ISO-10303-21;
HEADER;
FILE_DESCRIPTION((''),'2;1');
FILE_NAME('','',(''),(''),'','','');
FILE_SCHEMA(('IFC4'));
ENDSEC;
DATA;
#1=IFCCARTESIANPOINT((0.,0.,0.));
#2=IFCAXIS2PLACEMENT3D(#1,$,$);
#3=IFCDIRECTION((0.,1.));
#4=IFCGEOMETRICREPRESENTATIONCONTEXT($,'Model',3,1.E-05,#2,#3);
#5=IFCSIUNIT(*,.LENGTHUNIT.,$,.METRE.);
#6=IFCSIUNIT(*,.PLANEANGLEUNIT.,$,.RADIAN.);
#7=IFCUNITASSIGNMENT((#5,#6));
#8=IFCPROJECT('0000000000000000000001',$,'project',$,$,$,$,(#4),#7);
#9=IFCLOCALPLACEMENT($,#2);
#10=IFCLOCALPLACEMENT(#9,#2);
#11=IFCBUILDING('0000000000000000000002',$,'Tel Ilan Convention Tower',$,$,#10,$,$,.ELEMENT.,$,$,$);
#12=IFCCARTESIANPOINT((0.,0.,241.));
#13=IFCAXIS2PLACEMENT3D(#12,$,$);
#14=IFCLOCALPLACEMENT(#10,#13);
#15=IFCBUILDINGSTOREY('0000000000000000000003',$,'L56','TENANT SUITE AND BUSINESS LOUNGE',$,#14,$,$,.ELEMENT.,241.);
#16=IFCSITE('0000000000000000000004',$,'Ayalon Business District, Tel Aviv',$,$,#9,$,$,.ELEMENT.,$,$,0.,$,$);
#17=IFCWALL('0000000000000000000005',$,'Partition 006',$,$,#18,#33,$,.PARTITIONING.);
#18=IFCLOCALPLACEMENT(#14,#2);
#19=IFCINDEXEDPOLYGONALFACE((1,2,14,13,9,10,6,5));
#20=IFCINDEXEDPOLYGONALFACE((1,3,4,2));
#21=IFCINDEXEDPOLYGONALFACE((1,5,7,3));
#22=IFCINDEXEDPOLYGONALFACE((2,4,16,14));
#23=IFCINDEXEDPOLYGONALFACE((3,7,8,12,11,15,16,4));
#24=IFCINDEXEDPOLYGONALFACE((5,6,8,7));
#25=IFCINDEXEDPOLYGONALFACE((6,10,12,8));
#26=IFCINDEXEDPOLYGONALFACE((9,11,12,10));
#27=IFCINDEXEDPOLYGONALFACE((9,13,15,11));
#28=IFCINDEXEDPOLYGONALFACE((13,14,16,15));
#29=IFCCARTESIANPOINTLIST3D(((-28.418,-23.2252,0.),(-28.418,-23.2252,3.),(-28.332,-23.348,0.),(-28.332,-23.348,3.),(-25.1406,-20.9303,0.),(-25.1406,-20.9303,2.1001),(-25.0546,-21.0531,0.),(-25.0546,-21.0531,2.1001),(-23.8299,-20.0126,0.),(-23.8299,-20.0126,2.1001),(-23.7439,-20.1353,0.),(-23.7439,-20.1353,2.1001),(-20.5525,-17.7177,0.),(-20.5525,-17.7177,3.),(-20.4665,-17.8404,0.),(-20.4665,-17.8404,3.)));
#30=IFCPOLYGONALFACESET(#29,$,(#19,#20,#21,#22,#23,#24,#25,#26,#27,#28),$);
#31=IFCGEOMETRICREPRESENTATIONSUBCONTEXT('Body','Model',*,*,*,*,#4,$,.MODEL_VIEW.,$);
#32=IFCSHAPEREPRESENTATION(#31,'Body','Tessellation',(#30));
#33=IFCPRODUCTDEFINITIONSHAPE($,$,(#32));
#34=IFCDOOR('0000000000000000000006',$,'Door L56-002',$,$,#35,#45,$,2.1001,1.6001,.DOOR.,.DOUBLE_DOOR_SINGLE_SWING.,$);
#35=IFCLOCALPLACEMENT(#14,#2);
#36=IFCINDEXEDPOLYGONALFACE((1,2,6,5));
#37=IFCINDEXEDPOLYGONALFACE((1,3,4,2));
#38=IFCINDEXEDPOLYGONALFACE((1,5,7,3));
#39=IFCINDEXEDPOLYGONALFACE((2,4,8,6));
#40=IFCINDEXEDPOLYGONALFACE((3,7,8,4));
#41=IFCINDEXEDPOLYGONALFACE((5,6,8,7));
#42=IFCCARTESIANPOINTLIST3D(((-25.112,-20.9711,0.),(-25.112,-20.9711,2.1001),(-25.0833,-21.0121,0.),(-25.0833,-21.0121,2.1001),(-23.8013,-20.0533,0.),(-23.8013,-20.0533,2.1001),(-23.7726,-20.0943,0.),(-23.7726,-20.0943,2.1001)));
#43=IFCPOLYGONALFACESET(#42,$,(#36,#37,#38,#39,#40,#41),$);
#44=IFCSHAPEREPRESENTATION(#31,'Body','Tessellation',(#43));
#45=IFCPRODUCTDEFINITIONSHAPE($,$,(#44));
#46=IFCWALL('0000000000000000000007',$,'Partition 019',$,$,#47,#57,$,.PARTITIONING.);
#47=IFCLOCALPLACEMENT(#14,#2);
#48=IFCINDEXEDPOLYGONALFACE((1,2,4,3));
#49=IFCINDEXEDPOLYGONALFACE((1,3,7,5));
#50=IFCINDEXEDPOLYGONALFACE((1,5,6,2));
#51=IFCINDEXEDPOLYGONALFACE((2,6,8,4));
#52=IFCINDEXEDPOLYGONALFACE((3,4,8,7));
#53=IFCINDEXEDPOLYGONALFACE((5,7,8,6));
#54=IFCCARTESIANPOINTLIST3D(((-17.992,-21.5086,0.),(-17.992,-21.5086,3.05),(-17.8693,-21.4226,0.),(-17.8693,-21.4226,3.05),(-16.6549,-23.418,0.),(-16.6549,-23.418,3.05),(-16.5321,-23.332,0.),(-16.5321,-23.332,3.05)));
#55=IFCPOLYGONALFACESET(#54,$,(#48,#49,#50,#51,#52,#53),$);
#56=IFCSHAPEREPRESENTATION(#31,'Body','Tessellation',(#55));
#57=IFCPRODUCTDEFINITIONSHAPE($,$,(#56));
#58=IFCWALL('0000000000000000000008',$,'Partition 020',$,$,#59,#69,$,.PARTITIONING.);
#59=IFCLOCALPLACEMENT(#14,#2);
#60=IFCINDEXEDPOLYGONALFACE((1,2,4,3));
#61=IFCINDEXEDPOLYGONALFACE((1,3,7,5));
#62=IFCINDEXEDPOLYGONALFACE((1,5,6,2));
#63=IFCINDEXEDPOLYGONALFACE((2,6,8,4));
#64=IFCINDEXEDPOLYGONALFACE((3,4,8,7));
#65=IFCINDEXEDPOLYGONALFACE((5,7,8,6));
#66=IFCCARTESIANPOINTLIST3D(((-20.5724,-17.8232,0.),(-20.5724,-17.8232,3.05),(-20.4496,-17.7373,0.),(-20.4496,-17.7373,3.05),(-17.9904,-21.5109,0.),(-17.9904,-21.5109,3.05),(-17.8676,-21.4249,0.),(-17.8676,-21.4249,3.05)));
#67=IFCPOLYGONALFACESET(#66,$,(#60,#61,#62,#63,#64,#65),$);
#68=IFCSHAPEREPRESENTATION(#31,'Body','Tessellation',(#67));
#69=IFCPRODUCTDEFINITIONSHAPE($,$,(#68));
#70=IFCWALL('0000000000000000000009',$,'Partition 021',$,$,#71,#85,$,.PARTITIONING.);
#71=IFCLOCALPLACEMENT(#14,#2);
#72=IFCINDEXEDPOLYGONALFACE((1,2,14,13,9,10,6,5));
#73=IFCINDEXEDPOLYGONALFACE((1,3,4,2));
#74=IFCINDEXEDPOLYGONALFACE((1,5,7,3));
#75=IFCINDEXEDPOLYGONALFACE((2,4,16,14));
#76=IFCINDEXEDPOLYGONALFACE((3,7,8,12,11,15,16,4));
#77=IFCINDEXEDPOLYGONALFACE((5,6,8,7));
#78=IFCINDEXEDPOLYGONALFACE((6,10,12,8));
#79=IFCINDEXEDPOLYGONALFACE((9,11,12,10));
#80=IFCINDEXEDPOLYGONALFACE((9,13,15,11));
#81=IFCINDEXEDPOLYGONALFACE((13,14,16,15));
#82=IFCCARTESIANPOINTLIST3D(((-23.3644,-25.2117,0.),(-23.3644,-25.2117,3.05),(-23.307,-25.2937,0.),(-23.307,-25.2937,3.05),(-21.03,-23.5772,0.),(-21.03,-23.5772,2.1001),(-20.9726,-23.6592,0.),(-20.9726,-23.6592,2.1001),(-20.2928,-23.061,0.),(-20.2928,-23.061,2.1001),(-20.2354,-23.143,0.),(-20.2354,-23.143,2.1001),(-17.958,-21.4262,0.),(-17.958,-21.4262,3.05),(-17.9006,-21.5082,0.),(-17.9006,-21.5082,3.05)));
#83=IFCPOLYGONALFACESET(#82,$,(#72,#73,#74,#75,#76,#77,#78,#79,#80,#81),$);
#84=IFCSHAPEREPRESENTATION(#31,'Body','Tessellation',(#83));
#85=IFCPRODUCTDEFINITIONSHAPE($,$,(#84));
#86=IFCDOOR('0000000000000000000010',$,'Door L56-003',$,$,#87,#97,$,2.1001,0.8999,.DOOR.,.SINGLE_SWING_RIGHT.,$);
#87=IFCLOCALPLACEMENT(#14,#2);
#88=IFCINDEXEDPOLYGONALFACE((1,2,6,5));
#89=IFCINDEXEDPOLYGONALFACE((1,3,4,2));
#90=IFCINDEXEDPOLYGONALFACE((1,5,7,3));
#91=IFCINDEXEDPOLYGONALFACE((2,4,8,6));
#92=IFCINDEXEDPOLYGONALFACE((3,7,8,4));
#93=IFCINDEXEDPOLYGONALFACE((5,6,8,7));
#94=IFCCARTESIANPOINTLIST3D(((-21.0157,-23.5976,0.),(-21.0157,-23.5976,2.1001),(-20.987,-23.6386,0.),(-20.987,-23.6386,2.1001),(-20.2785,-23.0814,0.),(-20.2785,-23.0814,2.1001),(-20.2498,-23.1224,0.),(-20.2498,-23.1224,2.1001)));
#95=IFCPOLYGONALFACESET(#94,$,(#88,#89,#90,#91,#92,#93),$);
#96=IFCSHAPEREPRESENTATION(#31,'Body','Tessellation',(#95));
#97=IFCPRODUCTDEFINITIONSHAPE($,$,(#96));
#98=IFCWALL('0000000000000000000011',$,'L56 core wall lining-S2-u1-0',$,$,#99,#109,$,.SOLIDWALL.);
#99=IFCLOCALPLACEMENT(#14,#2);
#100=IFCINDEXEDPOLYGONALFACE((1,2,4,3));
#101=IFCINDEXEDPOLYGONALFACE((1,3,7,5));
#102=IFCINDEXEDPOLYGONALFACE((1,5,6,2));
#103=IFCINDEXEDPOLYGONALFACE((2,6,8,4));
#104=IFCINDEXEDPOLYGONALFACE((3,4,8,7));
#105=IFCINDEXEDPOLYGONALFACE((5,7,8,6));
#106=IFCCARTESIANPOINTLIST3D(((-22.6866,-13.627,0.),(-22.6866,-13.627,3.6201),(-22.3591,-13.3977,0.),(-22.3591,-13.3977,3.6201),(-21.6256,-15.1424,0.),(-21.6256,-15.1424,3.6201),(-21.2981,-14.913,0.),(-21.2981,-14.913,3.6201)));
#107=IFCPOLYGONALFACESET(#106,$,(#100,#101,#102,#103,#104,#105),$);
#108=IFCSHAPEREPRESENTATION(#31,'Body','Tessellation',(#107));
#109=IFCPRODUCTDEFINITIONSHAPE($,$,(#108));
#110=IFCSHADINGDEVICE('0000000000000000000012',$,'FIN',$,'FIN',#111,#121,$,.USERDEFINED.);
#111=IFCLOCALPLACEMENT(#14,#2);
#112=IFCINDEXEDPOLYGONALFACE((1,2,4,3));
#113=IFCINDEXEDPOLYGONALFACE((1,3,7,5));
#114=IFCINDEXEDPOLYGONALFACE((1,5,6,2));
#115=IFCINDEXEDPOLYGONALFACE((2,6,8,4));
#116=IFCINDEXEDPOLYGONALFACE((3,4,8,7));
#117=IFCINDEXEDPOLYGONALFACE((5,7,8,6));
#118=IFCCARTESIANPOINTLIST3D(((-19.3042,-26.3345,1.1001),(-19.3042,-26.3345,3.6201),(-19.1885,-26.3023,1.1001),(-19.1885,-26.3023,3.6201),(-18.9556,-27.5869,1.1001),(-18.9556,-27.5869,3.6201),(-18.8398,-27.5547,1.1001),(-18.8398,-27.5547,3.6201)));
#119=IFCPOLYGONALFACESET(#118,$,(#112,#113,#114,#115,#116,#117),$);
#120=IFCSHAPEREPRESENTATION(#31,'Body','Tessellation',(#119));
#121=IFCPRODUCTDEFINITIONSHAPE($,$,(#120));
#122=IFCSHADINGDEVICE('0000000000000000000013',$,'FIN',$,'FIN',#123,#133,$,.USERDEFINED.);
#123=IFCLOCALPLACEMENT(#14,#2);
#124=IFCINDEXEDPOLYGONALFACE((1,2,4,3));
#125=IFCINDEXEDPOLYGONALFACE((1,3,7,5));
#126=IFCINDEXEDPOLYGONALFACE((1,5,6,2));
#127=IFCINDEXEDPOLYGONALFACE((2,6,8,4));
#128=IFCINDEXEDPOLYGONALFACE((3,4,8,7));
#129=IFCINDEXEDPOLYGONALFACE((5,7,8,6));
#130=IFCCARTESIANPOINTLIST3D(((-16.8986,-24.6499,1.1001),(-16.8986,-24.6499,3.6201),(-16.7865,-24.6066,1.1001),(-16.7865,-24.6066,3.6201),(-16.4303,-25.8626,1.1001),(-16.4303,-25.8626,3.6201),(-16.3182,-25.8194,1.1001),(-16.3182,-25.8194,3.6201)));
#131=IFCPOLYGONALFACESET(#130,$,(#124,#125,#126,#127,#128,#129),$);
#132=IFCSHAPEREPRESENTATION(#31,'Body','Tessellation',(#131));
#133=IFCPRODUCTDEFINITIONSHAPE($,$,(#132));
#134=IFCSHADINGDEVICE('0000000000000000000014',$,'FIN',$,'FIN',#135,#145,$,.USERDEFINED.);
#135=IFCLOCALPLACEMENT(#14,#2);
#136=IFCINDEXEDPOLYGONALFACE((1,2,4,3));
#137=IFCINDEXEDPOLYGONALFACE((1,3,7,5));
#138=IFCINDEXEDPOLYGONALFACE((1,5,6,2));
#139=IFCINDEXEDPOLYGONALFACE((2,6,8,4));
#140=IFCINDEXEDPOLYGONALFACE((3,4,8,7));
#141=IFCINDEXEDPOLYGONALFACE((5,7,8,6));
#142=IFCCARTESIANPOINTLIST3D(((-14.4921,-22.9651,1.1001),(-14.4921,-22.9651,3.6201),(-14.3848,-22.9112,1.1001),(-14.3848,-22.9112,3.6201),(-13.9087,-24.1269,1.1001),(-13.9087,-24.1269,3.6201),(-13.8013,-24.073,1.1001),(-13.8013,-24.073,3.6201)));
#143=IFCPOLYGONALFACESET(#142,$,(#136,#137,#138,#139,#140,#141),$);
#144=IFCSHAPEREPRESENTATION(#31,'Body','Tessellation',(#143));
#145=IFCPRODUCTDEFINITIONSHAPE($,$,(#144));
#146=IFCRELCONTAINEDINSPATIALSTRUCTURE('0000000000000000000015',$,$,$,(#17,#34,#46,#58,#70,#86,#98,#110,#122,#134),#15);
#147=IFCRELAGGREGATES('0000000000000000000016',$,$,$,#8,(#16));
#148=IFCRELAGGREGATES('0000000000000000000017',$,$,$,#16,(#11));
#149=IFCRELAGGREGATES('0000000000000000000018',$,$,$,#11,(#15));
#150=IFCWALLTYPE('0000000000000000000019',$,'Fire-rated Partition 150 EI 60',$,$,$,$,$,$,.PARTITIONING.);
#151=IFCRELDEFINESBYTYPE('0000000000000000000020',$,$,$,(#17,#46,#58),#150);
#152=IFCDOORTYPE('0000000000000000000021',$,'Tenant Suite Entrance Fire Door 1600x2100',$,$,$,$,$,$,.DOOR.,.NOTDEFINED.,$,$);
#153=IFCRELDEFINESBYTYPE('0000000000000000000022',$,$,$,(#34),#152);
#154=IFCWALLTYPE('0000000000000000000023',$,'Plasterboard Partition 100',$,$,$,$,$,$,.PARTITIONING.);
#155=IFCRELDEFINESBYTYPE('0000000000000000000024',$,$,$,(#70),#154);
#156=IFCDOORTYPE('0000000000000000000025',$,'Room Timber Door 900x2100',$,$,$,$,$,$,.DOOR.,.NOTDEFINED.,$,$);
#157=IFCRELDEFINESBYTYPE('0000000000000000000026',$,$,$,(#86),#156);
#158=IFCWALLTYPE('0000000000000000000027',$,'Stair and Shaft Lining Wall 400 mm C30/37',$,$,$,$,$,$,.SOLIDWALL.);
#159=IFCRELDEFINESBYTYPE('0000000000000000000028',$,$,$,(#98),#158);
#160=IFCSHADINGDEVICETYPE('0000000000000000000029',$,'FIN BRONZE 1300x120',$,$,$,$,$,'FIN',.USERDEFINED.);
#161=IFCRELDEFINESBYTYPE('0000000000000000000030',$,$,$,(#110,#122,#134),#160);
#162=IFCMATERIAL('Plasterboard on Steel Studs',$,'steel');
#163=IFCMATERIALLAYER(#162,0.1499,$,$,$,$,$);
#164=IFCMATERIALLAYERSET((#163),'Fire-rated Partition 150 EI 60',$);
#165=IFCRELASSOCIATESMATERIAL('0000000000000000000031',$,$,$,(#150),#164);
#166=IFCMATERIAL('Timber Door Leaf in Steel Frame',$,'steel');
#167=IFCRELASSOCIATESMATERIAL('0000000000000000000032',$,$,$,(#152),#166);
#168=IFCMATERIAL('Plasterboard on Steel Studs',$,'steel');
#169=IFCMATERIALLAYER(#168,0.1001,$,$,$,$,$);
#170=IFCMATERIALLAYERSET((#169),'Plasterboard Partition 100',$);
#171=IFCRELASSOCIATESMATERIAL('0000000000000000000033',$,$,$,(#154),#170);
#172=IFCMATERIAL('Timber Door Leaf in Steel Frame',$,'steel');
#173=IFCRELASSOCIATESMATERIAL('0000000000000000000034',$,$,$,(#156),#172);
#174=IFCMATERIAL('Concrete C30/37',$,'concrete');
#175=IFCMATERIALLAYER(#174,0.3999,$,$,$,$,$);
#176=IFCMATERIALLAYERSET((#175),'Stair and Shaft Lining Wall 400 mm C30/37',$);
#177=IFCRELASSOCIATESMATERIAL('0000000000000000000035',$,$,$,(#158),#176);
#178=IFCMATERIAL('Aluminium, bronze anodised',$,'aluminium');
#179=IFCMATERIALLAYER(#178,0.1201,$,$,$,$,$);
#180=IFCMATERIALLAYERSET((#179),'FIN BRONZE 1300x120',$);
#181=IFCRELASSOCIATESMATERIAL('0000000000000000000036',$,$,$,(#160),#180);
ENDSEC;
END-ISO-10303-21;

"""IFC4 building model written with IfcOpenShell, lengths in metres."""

from ifc_helpers import new_model, si_unit, direction, frame, frame_2d, origin, origin_2d, place, context, subcontext, project, spatial, rectangle, extrude, material, layer, layer_set, type_object, element, fill, save


model = new_model("IFC4")

# Units and contexts
model_context = context("Model", 3, precision=1e-05, world=origin(), true_north=direction((0.0, 1.0)))
body_context = subcontext(model_context, "Body", "Model", "MODEL_VIEW")
ifc_project = project(units=[si_unit("LENGTHUNIT", "METRE"), si_unit("PLANEANGLEUNIT", "RADIAN")], contexts=[model_context])

# Site, building, storey
site_placement = place(None, origin())
site = spatial("IfcSite", under=ifc_project, at=site_placement, Name="Ayalon Business District, Tel Aviv", CompositionType="ELEMENT", RefElevation=0.0)
building_placement = place(site_placement, origin())
building = spatial("IfcBuilding", under=site, at=building_placement, Name="Tel Ilan Convention Tower", CompositionType="ELEMENT")
storey_placement = place(building_placement, frame((0.0, 0.0, 241.0)))
storey = spatial("IfcBuildingStorey", under=building, at=storey_placement, Name="L56", Description="TENANT SUITE AND BUSINESS LOUNGE", CompositionType="ELEMENT", Elevation=241.0)

# Wall, opening, door
ifc_material_1 = material(Name="Plasterboard on Steel Studs", Category="steel")
ifc_layer_1 = layer(ifc_material_1, 0.1499)
ifc_layer_set_1 = layer_set([ifc_layer_1], Name="Fire-rated Partition 150 EI 60")
wall_type_1 = type_object("IfcWallType", Name="Fire-rated Partition 150 EI 60", PredefinedType="PARTITIONING", material=ifc_layer_set_1)
wall_1_placement = place(storey_placement, frame((-20.5095, -17.7791, 0.0), z_axis=(0.0, 0.0, 1.0), x_axis=(-0.819147, -0.573583, 0.0)))
wall_1 = element("IfcWall", 1, at=wall_1_placement, inside=storey, type_object=wall_type_1, Name="Partition 006", PredefinedType="PARTITIONING", context=body_context, shape_type="SweptSolid", body=[
    extrude(rectangle(XDim=9.6021, YDim=0.1499, at=frame_2d((4.801, 0.0))), origin(), (0.0, 0.0, 1.0), 3.0),
])
opening_1_placement = place(wall_1_placement, frame((4.001, 0.0, 0.0)))
opening_1 = element("IfcOpeningElement", 2, at=opening_1_placement, cuts=wall_1, PredefinedType="OPENING", context=body_context, shape_type="SweptSolid", body=[
    extrude(rectangle(XDim=1.6001, YDim=2.1001, at=frame_2d((0.8, 1.05))), frame((0.0, 0.085, 0.0), z_axis=(0.0, -1.0, 0.0), x_axis=(1.0, 0.0, 0.0)), (0.0, 0.0, 1.0), 0.1699),
])
ifc_material_2 = material(Name="Timber Door Leaf in Steel Frame", Category="steel")
door_type_1 = type_object("IfcDoorType", Name="Tenant Suite Entrance Fire Door 1600x2100", OperationType="NOTDEFINED", PredefinedType="DOOR", material=ifc_material_2)
door_1_placement = place(opening_1_placement, origin())
door_1 = element("IfcDoor", 3, at=door_1_placement, inside=storey, type_object=door_type_1, Name="Door L56-002", OperationType="DOUBLE_DOOR_SINGLE_SWING", OverallHeight=2.1001, OverallWidth=1.6001, PredefinedType="DOOR", context=body_context, shape_type="SweptSolid", body=[
    extrude(rectangle(XDim=1.6001, YDim=2.1001, at=frame_2d((0.8, 1.05))), frame((0.0, 0.0249, 0.0), z_axis=(0.0, -1.0, 0.0), x_axis=(1.0, 0.0, 0.0)), (0.0, 0.0, 1.0), 0.05),
])
fill(opening_1, door_1)

# Walls
wall_2_placement = place(storey_placement, frame((-16.5935, -23.375, 0.0), z_axis=(0.0, 0.0, 1.0), x_axis=(-0.573624, 0.819119, 0.0)))
element("IfcWall", 4, at=wall_2_placement, inside=storey, type_object=wall_type_1, Name="Partition 019", PredefinedType="PARTITIONING", context=body_context, shape_type="SweptSolid", body=[
    extrude(rectangle(XDim=2.3311, YDim=0.1499, at=frame_2d((1.1655, 0.0))), origin(), (0.0, 0.0, 1.0), 3.05),
])
wall_3_placement = place(storey_placement, frame((-17.929, -21.468, 0.0), z_axis=(0.0, 0.0, 1.0), x_axis=(-0.573553, 0.819168, 0.0)))
element("IfcWall", 5, at=wall_3_placement, inside=storey, type_object=wall_type_1, Name="Partition 020", PredefinedType="PARTITIONING", context=body_context, shape_type="SweptSolid", body=[
    extrude(rectangle(XDim=4.5017, YDim=0.1499, at=frame_2d((2.251, 0.0))), origin(), (0.0, 0.0, 1.0), 3.05),
])

# Wall, opening, door
ifc_material_3 = material(Name="Plasterboard on Steel Studs", Category="steel")
ifc_layer_2 = layer(ifc_material_3, 0.1001)
ifc_layer_set_2 = layer_set([ifc_layer_2], Name="Plasterboard Partition 100")
wall_type_2 = type_object("IfcWallType", Name="Plasterboard Partition 100", PredefinedType="PARTITIONING", material=ifc_layer_set_2)
wall_4_placement = place(storey_placement, frame((-17.9294, -21.4673, 0.0), z_axis=(0.0, 0.0, 1.0), x_axis=(-0.819159, -0.573567, 0.0)))
wall_4 = element("IfcWall", 6, at=wall_4_placement, inside=storey, type_object=wall_type_2, Name="Partition 021", PredefinedType="PARTITIONING", context=body_context, shape_type="SweptSolid", body=[
    extrude(rectangle(XDim=6.5999, YDim=0.1001, at=frame_2d((3.2998, 0.0))), origin(), (0.0, 0.0, 1.0), 3.05),
])
opening_2_placement = place(wall_4_placement, frame((2.8501, 0.0, 0.0)))
opening_2 = element("IfcOpeningElement", 7, at=opening_2_placement, cuts=wall_4, PredefinedType="OPENING", context=body_context, shape_type="SweptSolid", body=[
    extrude(rectangle(XDim=0.8999, YDim=2.1001, at=frame_2d((0.45, 1.05))), frame((0.0, 0.0601, 0.0), z_axis=(0.0, -1.0, 0.0), x_axis=(1.0, 0.0, 0.0)), (0.0, 0.0, 1.0), 0.1201),
])
ifc_material_4 = material(Name="Timber Door Leaf in Steel Frame", Category="steel")
door_type_2 = type_object("IfcDoorType", Name="Room Timber Door 900x2100", OperationType="NOTDEFINED", PredefinedType="DOOR", material=ifc_material_4)
door_2_placement = place(opening_2_placement, origin())
door_2 = element("IfcDoor", 8, at=door_2_placement, inside=storey, type_object=door_type_2, Name="Door L56-003", OperationType="SINGLE_SWING_RIGHT", OverallHeight=2.1001, OverallWidth=0.8999, PredefinedType="DOOR", context=body_context, shape_type="SweptSolid", body=[
    extrude(rectangle(XDim=0.8999, YDim=2.1001, at=frame_2d((0.45, 1.05))), frame((0.0, 0.0249, 0.0), z_axis=(0.0, -1.0, 0.0), x_axis=(1.0, 0.0, 0.0)), (0.0, 0.0, 1.0), 0.05),
])
fill(opening_2, door_2)

# Wall
ifc_material_5 = material(Name="Concrete C30/37", Category="concrete")
ifc_layer_3 = layer(ifc_material_5, 0.3999)
ifc_layer_set_3 = layer_set([ifc_layer_3], Name="Stair and Shaft Lining Wall 400 mm C30/37")
wall_type_3 = type_object("IfcWallType", Name="Stair and Shaft Lining Wall 400 mm C30/37", PredefinedType="SOLIDWALL", material=ifc_layer_set_3)
wall_5_placement = place(storey_placement, frame((-21.4619, -15.0276, 0.0), z_axis=(0.0, 0.0, 1.0), x_axis=(-0.57356, 0.819164, 0.0)))
element("IfcWall", 9, at=wall_5_placement, inside=storey, type_object=wall_type_3, Name="L56 core wall lining-S2-u1-0", PredefinedType="SOLIDWALL", context=body_context, shape_type="SweptSolid", body=[
    extrude(rectangle(XDim=1.8499, YDim=0.3999, at=frame_2d((0.9248, 0.0))), origin(), (0.0, 0.0, 1.0), 3.6201),
])

# Shading devices
ifc_material_6 = material(Name="Aluminium, bronze anodised", Category="aluminium")
ifc_layer_4 = layer(ifc_material_6, 0.1201)
ifc_layer_set_4 = layer_set([ifc_layer_4], Name="FIN BRONZE 1300x120")
shading_device_type = type_object("IfcShadingDeviceType", Name="FIN BRONZE 1300x120", ElementType="FIN", PredefinedType="USERDEFINED", material=ifc_layer_set_4)
for number, where, z_axis, x_axis, name in (
    (10, (-19.072, -26.9446, 1.1001), (0.0, 0.0, 1.0), (0.268173, -0.963371, 0.0), "FIN"),
    (11, (-16.6084, -25.2346, 1.1001), (0.0, 0.0, 1.0), (0.360178, -0.932884, 0.0), "FIN"),
    (12, (-14.1467, -23.519, 1.1001), (0.0, 0.0, 1.0), (0.448799, -0.893633, 0.0), "FIN"),
):
    element("IfcShadingDevice", number, at=place(storey_placement, frame(where, z_axis=z_axis, x_axis=x_axis)), inside=storey, type_object=shading_device_type, Name=name, ObjectType="FIN", PredefinedType="USERDEFINED", context=body_context, shape_type="SweptSolid", body=[
        extrude(rectangle(XDim=1.3, YDim=0.1201, at=origin_2d()), origin(), (0.0, 0.0, 1.0), 2.52),
    ])

save(model, "model.ifc")
